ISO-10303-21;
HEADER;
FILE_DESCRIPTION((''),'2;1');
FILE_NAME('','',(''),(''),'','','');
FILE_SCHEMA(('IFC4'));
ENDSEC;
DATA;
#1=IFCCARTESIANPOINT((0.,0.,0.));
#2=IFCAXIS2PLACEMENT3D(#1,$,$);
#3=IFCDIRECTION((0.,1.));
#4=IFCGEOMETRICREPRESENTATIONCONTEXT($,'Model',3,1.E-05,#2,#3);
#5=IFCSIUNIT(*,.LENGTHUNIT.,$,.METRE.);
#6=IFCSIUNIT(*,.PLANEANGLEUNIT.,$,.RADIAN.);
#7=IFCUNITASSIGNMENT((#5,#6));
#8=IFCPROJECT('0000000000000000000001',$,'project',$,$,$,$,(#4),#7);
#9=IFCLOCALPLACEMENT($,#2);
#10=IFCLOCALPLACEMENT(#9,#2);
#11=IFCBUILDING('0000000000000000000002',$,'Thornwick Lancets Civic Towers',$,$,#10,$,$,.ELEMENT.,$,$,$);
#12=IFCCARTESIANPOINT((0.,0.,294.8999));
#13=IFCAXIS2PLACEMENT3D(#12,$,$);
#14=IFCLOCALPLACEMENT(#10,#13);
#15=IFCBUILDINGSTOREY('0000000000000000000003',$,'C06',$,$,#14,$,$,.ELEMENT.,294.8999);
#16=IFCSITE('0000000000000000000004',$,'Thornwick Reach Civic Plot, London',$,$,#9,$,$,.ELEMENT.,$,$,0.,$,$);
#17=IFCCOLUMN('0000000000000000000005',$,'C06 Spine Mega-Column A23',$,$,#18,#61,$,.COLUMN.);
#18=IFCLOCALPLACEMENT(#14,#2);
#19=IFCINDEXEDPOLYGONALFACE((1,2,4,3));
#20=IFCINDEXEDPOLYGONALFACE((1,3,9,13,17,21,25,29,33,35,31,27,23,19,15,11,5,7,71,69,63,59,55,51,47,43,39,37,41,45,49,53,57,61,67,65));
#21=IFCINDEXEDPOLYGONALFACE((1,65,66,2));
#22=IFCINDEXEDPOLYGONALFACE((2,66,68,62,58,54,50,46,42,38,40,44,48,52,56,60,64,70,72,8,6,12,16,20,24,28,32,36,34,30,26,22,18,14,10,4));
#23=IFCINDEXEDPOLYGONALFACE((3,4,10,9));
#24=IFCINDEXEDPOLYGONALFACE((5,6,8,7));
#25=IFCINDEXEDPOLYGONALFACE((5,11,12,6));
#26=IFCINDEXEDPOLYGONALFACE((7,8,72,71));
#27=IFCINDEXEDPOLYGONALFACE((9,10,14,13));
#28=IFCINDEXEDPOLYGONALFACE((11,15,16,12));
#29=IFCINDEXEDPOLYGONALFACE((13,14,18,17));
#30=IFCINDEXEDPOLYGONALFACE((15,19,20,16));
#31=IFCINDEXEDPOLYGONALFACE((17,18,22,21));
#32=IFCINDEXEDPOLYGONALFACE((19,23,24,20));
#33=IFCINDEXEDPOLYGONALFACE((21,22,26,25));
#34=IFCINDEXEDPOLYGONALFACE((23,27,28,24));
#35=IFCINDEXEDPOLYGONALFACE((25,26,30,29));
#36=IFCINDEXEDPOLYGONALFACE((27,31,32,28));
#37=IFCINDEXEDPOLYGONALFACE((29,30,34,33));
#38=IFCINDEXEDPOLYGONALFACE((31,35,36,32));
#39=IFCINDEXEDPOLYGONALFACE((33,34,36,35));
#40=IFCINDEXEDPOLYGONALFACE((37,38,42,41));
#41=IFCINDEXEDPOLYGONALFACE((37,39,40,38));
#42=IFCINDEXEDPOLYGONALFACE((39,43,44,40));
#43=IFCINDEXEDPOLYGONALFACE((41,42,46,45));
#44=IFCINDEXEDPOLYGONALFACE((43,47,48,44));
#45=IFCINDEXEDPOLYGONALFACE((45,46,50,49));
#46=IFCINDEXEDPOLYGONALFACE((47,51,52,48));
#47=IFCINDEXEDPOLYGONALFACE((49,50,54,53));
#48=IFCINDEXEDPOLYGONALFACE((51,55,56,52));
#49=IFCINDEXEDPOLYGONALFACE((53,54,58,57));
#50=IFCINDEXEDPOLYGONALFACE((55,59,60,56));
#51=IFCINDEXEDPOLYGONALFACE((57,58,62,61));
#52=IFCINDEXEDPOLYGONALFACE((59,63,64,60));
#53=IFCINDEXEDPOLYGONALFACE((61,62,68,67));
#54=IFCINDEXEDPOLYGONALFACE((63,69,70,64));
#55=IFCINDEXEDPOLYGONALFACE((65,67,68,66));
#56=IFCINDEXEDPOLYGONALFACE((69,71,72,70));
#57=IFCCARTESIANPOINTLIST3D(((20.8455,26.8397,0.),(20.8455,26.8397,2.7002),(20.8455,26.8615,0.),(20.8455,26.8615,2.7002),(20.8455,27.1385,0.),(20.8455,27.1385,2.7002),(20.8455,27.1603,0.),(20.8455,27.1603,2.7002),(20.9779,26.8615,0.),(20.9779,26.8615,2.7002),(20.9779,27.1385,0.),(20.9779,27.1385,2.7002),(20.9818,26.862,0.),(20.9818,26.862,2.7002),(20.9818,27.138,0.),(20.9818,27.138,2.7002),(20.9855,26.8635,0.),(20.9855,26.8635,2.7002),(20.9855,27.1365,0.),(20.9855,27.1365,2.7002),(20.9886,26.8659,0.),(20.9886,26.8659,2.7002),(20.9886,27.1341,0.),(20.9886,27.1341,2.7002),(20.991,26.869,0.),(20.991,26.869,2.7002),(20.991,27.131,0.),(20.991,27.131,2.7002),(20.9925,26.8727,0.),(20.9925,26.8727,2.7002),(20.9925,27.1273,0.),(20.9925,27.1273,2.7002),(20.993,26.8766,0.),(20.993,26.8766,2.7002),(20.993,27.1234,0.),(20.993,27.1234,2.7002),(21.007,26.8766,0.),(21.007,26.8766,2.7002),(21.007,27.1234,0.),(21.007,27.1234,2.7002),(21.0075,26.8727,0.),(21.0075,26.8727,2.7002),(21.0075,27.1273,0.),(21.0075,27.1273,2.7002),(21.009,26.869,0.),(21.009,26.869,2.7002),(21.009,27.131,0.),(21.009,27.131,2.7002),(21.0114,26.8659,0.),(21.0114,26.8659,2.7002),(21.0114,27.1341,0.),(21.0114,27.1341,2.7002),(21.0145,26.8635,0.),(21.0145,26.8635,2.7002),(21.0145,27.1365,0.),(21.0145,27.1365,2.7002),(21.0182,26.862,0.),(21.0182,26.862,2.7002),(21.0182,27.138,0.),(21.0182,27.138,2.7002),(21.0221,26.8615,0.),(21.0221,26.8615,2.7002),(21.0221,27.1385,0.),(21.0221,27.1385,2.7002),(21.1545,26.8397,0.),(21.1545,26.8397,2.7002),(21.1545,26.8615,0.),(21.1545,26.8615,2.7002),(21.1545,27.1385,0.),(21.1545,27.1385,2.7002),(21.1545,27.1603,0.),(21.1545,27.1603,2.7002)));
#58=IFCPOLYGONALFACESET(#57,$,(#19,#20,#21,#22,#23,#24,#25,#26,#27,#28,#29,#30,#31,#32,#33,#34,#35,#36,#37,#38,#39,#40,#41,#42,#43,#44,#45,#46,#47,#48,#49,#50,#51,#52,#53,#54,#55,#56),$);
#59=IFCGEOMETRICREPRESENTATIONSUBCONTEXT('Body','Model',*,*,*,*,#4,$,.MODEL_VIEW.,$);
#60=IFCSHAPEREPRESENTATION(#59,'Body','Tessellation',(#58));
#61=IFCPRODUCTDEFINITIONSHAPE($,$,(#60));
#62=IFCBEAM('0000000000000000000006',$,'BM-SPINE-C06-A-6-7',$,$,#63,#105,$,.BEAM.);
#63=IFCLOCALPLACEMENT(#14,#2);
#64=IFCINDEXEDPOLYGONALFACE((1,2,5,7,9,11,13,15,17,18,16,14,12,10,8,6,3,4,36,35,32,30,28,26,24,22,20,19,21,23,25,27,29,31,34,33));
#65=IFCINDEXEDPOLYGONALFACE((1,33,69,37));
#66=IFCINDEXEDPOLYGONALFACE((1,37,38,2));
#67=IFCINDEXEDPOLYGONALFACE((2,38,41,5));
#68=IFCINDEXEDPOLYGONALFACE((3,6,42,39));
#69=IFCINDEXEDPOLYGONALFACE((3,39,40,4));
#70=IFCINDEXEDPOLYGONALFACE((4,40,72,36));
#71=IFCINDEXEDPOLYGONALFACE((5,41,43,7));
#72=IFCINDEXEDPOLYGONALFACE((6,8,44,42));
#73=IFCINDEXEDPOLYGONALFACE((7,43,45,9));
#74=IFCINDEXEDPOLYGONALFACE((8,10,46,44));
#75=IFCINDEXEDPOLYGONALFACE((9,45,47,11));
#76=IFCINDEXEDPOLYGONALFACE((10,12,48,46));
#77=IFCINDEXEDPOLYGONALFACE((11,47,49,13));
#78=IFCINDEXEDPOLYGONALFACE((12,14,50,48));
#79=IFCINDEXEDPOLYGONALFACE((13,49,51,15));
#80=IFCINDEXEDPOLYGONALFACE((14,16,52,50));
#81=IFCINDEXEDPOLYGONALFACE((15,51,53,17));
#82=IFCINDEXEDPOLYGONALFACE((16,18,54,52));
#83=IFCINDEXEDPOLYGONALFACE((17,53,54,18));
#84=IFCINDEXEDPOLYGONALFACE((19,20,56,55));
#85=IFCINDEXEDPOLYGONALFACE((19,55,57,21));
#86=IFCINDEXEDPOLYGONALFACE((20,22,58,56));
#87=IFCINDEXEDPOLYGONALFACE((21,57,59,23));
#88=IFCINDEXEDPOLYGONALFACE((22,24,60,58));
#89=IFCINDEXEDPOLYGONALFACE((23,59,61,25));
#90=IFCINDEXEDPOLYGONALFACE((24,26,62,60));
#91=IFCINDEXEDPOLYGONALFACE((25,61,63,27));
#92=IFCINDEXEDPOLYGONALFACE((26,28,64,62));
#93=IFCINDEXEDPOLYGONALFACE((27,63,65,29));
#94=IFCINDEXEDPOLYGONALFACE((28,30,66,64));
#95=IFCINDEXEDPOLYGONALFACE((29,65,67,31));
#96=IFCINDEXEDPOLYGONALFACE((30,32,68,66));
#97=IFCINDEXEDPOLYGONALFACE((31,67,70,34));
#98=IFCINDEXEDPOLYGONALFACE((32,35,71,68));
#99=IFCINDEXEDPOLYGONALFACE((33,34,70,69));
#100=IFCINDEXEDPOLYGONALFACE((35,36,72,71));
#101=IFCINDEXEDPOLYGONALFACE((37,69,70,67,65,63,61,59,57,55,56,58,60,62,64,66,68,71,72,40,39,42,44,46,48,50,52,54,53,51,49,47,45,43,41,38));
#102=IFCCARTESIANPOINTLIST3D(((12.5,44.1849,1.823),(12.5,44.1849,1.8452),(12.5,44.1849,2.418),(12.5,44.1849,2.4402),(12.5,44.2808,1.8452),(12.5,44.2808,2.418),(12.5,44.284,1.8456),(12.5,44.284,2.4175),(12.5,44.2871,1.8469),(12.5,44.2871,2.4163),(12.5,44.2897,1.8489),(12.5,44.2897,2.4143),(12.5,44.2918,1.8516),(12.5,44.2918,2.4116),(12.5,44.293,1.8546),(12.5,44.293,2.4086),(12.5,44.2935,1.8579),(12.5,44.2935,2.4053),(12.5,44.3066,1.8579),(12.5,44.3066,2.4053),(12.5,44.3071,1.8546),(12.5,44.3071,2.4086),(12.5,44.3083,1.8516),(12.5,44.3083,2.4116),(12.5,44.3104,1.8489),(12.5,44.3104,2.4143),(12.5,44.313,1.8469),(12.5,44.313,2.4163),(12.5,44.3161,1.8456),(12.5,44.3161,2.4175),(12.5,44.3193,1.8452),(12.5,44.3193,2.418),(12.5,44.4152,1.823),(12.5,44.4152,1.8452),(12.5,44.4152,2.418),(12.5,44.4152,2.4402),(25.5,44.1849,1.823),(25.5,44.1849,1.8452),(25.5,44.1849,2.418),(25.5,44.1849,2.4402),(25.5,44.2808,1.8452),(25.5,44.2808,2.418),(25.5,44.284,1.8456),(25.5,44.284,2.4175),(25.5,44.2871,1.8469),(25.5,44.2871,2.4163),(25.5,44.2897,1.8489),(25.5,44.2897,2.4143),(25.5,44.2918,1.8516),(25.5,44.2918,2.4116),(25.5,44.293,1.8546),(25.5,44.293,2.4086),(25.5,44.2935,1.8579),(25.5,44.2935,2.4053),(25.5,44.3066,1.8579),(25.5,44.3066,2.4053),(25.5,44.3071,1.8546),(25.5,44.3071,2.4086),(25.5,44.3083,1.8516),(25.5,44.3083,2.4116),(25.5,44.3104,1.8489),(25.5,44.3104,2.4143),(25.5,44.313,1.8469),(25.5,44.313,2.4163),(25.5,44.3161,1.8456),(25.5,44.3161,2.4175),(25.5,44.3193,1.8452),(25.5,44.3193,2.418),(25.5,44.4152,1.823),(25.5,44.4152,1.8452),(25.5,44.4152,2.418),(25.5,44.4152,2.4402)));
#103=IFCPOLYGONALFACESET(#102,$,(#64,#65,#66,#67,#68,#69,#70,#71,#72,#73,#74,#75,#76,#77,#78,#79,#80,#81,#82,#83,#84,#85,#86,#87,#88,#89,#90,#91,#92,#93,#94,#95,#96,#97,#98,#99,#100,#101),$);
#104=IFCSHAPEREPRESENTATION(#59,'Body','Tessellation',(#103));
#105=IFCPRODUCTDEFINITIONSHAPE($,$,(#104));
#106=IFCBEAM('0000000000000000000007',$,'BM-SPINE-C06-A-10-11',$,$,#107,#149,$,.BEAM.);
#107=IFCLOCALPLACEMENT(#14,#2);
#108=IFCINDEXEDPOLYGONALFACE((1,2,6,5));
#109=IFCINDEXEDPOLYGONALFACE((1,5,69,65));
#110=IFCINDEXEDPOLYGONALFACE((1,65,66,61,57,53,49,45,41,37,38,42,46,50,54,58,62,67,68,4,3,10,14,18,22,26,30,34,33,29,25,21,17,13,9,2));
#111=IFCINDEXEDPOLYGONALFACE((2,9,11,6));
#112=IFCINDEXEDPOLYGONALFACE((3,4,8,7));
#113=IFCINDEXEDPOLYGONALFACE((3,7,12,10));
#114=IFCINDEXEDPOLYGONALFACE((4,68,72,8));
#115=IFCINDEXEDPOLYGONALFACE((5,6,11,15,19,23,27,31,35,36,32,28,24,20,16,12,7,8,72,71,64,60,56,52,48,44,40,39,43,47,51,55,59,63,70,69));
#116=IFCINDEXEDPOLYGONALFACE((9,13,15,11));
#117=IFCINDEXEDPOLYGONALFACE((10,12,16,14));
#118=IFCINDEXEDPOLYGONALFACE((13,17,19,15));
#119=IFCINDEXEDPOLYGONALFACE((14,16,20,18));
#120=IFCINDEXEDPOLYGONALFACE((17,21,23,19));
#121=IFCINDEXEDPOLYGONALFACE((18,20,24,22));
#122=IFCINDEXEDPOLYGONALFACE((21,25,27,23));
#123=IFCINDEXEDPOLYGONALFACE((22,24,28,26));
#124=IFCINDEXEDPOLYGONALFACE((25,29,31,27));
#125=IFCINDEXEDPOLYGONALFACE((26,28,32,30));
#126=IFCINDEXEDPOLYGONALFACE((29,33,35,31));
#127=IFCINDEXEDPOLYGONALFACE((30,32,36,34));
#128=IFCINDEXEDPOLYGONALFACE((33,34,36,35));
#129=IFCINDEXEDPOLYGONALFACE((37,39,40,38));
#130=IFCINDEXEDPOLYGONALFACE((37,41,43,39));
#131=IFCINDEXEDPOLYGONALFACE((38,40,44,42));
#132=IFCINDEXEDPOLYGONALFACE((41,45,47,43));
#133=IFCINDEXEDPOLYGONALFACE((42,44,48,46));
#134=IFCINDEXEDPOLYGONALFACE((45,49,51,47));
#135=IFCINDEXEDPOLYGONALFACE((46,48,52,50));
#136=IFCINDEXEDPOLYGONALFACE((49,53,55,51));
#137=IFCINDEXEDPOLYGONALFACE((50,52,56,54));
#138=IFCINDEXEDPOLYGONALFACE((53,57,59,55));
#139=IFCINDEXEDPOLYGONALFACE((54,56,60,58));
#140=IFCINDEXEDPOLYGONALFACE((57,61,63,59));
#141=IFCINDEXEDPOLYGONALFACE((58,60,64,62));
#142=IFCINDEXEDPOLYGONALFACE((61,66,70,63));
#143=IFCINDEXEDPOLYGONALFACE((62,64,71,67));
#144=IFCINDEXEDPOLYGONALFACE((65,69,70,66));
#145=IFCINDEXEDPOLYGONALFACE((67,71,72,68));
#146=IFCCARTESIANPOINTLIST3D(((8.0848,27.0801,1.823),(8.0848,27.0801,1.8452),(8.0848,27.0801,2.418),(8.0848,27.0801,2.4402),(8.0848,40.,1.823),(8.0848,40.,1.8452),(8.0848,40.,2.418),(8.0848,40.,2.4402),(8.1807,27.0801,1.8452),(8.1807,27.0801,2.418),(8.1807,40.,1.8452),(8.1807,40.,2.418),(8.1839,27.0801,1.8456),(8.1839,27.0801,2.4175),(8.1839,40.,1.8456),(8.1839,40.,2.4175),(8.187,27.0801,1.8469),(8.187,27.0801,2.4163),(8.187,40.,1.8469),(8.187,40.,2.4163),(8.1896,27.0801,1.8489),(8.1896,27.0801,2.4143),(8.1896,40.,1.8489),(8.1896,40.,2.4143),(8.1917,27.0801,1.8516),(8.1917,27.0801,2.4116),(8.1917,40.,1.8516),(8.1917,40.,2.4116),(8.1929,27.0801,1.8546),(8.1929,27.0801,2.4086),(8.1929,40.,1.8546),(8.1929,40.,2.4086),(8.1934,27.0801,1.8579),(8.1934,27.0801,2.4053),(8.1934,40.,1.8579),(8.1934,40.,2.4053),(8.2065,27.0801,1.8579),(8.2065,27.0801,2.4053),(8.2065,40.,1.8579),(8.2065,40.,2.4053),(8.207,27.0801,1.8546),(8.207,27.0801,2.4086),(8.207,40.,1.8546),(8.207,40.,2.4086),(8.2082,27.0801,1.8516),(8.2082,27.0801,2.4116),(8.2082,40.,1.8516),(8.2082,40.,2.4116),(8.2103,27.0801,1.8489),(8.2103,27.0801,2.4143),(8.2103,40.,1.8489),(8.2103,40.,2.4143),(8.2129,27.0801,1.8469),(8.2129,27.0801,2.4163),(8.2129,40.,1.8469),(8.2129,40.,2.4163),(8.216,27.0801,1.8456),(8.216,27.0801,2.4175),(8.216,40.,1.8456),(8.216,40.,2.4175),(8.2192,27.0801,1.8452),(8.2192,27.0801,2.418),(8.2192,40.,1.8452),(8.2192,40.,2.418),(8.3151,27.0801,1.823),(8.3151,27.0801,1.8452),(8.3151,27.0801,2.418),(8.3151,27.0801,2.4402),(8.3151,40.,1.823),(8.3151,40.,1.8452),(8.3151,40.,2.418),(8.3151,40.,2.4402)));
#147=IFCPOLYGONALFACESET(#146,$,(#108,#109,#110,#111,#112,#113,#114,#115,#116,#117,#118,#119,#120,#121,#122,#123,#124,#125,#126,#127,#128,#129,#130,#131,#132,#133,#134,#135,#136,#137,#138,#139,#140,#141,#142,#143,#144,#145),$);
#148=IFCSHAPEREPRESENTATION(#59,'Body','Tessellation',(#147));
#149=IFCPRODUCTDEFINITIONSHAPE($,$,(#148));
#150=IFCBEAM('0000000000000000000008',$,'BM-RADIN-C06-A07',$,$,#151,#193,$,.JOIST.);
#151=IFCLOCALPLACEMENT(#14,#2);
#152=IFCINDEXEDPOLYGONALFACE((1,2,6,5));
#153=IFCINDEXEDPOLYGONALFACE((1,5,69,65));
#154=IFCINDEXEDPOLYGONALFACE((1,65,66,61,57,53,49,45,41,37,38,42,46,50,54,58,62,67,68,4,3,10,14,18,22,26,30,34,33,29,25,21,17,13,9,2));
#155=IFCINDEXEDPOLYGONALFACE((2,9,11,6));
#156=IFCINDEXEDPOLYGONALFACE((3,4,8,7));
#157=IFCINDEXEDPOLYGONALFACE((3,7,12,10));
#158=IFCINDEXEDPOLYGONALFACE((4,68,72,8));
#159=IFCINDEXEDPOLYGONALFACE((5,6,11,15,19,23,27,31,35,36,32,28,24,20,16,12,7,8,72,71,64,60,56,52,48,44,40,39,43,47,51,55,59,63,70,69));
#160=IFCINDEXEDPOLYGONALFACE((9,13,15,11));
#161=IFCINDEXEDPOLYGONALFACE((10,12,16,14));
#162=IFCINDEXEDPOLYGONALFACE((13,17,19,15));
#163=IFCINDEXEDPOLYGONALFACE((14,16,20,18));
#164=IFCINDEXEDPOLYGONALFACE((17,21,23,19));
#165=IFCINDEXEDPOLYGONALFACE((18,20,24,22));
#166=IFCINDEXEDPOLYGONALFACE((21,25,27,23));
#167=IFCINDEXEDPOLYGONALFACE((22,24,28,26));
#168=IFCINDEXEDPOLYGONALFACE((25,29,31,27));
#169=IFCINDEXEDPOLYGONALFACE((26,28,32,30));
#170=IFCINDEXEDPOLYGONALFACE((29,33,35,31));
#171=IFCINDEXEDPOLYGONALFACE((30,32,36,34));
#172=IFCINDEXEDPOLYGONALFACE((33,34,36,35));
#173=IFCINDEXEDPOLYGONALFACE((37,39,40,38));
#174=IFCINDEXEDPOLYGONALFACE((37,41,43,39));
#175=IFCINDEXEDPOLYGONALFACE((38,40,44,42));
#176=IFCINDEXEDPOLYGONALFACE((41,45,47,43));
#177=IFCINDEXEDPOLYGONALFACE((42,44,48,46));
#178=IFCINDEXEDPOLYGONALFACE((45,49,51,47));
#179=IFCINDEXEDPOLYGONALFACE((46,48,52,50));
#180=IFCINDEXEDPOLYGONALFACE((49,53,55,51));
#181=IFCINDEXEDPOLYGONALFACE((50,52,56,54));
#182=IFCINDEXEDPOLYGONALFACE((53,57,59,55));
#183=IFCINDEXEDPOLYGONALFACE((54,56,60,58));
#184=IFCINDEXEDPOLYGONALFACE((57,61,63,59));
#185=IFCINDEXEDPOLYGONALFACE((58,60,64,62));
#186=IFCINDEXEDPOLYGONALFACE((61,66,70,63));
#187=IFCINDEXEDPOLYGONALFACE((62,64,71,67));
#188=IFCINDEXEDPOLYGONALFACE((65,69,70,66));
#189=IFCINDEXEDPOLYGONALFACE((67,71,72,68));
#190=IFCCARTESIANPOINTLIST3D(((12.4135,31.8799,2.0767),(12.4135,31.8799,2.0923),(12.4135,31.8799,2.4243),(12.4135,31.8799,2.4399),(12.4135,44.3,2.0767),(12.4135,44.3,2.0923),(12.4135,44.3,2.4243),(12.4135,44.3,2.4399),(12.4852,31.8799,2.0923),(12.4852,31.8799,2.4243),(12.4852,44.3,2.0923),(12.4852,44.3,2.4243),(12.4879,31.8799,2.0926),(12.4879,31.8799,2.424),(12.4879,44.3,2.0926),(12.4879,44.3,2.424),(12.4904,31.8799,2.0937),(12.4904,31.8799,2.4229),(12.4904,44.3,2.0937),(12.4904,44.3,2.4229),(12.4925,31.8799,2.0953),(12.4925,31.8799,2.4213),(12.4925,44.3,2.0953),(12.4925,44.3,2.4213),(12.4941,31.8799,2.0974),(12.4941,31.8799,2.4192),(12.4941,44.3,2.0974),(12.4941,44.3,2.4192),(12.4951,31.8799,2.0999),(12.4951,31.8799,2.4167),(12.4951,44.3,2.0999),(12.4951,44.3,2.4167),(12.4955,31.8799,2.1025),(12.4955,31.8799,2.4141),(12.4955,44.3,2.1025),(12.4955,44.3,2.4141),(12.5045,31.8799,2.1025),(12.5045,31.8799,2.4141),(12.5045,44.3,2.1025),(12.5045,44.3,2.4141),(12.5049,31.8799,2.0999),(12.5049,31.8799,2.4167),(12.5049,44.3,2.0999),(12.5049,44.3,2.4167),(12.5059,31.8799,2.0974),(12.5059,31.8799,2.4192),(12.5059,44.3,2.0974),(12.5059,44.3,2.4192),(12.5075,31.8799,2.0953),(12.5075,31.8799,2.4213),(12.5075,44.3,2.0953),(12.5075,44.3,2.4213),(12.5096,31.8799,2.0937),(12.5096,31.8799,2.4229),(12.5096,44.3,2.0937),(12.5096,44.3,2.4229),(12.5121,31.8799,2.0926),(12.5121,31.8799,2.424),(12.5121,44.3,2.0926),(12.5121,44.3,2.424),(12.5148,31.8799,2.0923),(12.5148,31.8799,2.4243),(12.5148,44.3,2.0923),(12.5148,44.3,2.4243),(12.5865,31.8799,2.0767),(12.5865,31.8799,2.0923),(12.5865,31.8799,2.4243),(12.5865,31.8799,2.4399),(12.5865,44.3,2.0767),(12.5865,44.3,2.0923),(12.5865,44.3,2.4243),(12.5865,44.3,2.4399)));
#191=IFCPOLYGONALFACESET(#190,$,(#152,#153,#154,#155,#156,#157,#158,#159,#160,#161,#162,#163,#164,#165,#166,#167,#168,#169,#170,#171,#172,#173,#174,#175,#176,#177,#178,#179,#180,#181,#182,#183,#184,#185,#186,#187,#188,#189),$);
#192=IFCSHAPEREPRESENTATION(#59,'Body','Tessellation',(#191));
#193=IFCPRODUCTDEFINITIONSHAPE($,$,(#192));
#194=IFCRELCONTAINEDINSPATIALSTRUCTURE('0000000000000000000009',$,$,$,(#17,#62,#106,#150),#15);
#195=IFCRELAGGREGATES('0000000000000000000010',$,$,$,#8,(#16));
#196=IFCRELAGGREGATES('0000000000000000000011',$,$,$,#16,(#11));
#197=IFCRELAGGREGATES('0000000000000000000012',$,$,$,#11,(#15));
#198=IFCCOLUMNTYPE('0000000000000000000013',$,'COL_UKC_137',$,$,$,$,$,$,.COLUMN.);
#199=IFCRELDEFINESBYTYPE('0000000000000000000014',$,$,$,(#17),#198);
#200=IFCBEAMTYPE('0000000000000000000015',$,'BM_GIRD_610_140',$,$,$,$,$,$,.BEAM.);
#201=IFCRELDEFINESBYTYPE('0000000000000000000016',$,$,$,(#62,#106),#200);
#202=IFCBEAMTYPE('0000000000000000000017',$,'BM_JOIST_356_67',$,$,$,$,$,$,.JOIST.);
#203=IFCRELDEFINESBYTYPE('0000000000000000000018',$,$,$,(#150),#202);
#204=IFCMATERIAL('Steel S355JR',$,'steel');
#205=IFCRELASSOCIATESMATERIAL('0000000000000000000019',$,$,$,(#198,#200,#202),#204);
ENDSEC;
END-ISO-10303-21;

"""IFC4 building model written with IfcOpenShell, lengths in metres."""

from ifc_helpers import new_model, si_unit, direction, frame, origin, origin_2d, place, context, subcontext, project, spatial, i_section, extrude, material, material_profile, profile_set, type_object, element, save


model = new_model("IFC4")

# Units and contexts
model_context = context("Model", 3, precision=1e-05, world=origin(), true_north=direction((0.0, 1.0)))
body_context = subcontext(model_context, "Body", "Model", "MODEL_VIEW")
ifc_project = project(units=[si_unit("LENGTHUNIT", "METRE"), si_unit("PLANEANGLEUNIT", "RADIAN")], contexts=[model_context])

# Site, building, storey
site_placement = place(None, origin())
site = spatial("IfcSite", under=ifc_project, at=site_placement, Name="Thornwick Reach Civic Plot, London", CompositionType="ELEMENT", RefElevation=0.0)
building_placement = place(site_placement, origin())
building = spatial("IfcBuilding", under=site, at=building_placement, Name="Thornwick Lancets Civic Towers", CompositionType="ELEMENT")
storey_placement = place(building_placement, frame((0.0, 0.0, 294.8999)))
storey = spatial("IfcBuildingStorey", under=building, at=storey_placement, Name="C06", CompositionType="ELEMENT", Elevation=294.8999)

# Column
ifc_material_1 = material(Name="Steel S355JR", Category="steel")
ifc_material_profile_1 = material_profile(ifc_material_1, i_section(OverallWidth=0.3091, OverallDepth=0.3206, WebThickness=0.0139, FlangeThickness=0.0217, FilletRadius=0.0151, at=origin_2d()), Name="UKC 305x305x137")
ifc_profile_set_1 = profile_set([ifc_material_profile_1], Name="Steel S355JR")
column_type = type_object("IfcColumnType", Name="COL_UKC_137", PredefinedType="COLUMN", material=ifc_profile_set_1)
for number, where, z_axis, x_axis, name in (
    (1, (21.0, 27.0, 0.0), (0.0, 0.0, 1.0), (1.0, 0.0, 0.0), "C06 Spine Mega-Column A23"),
):
    element("IfcColumn", number, at=place(storey_placement, frame(where, z_axis=z_axis, x_axis=x_axis)), inside=storey, type_object=column_type, Name=name, PredefinedType="COLUMN", context=body_context, shape_type="SweptSolid", body=[
        extrude(i_section(OverallWidth=0.3091, OverallDepth=0.3206, WebThickness=0.0139, FlangeThickness=0.0217, FilletRadius=0.0151, at=origin_2d()), origin(), (0.0, 0.0, 1.0), 2.7002),
    ])

# Beams
ifc_material_profile_2 = material_profile(ifc_material_1, i_section(OverallWidth=0.2302, OverallDepth=0.6172, WebThickness=0.0132, FlangeThickness=0.0222, FilletRadius=0.0127, at=origin_2d()), Name="UKB 610x229x140")
ifc_profile_set_2 = profile_set([ifc_material_profile_2], Name="Steel S355JR")
beam_type_1 = type_object("IfcBeamType", Name="BM_GIRD_610_140", PredefinedType="BEAM", material=ifc_profile_set_2)
beam_1_placement = place(storey_placement, frame((12.5, 44.3, 2.1316), z_axis=(1.0, 0.0, 0.0), x_axis=(0.0, 1.0, 0.0)))
element("IfcBeam", 2, at=beam_1_placement, inside=storey, type_object=beam_type_1, Name="BM-SPINE-C06-A-6-7", PredefinedType="BEAM", context=body_context, shape_type="SweptSolid", body=[
    extrude(i_section(OverallWidth=0.2302, OverallDepth=0.6172, WebThickness=0.0132, FlangeThickness=0.0222, FilletRadius=0.0127, at=origin_2d()), origin(), (0.0, 0.0, 1.0), 13.0),
])
beam_2_placement = place(storey_placement, frame((8.2, 27.0801, 2.1316), z_axis=(0.0, 1.0, 0.0), x_axis=(-1.0, 0.0, 0.0)))
element("IfcBeam", 3, at=beam_2_placement, inside=storey, type_object=beam_type_1, Name="BM-SPINE-C06-A-10-11", PredefinedType="BEAM", context=body_context, shape_type="SweptSolid", body=[
    extrude(i_section(OverallWidth=0.2302, OverallDepth=0.6172, WebThickness=0.0132, FlangeThickness=0.0222, FilletRadius=0.0127, at=origin_2d()), origin(), (0.0, 0.0, 1.0), 12.9199),
])
ifc_material_profile_3 = material_profile(ifc_material_1, i_section(OverallWidth=0.1731, OverallDepth=0.3633, WebThickness=0.009, FlangeThickness=0.0156, FilletRadius=0.0103, at=origin_2d()), Name="UKB 356x171x67")
ifc_profile_set_3 = profile_set([ifc_material_profile_3], Name="Steel S355JR")
beam_type_2 = type_object("IfcBeamType", Name="BM_JOIST_356_67", PredefinedType="JOIST", material=ifc_profile_set_3)
beam_3_placement = place(storey_placement, frame((12.5, 31.8799, 2.2583), z_axis=(0.0, 1.0, 0.0), x_axis=(-1.0, 0.0, 0.0)))
element("IfcBeam", 4, at=beam_3_placement, inside=storey, type_object=beam_type_2, Name="BM-RADIN-C06-A07", PredefinedType="JOIST", context=body_context, shape_type="SweptSolid", body=[
    extrude(i_section(OverallWidth=0.1731, OverallDepth=0.3633, WebThickness=0.009, FlangeThickness=0.0156, FilletRadius=0.0103, at=origin_2d()), origin(), (0.0, 0.0, 1.0), 12.4202),
])

save(model, "model.ifc")
